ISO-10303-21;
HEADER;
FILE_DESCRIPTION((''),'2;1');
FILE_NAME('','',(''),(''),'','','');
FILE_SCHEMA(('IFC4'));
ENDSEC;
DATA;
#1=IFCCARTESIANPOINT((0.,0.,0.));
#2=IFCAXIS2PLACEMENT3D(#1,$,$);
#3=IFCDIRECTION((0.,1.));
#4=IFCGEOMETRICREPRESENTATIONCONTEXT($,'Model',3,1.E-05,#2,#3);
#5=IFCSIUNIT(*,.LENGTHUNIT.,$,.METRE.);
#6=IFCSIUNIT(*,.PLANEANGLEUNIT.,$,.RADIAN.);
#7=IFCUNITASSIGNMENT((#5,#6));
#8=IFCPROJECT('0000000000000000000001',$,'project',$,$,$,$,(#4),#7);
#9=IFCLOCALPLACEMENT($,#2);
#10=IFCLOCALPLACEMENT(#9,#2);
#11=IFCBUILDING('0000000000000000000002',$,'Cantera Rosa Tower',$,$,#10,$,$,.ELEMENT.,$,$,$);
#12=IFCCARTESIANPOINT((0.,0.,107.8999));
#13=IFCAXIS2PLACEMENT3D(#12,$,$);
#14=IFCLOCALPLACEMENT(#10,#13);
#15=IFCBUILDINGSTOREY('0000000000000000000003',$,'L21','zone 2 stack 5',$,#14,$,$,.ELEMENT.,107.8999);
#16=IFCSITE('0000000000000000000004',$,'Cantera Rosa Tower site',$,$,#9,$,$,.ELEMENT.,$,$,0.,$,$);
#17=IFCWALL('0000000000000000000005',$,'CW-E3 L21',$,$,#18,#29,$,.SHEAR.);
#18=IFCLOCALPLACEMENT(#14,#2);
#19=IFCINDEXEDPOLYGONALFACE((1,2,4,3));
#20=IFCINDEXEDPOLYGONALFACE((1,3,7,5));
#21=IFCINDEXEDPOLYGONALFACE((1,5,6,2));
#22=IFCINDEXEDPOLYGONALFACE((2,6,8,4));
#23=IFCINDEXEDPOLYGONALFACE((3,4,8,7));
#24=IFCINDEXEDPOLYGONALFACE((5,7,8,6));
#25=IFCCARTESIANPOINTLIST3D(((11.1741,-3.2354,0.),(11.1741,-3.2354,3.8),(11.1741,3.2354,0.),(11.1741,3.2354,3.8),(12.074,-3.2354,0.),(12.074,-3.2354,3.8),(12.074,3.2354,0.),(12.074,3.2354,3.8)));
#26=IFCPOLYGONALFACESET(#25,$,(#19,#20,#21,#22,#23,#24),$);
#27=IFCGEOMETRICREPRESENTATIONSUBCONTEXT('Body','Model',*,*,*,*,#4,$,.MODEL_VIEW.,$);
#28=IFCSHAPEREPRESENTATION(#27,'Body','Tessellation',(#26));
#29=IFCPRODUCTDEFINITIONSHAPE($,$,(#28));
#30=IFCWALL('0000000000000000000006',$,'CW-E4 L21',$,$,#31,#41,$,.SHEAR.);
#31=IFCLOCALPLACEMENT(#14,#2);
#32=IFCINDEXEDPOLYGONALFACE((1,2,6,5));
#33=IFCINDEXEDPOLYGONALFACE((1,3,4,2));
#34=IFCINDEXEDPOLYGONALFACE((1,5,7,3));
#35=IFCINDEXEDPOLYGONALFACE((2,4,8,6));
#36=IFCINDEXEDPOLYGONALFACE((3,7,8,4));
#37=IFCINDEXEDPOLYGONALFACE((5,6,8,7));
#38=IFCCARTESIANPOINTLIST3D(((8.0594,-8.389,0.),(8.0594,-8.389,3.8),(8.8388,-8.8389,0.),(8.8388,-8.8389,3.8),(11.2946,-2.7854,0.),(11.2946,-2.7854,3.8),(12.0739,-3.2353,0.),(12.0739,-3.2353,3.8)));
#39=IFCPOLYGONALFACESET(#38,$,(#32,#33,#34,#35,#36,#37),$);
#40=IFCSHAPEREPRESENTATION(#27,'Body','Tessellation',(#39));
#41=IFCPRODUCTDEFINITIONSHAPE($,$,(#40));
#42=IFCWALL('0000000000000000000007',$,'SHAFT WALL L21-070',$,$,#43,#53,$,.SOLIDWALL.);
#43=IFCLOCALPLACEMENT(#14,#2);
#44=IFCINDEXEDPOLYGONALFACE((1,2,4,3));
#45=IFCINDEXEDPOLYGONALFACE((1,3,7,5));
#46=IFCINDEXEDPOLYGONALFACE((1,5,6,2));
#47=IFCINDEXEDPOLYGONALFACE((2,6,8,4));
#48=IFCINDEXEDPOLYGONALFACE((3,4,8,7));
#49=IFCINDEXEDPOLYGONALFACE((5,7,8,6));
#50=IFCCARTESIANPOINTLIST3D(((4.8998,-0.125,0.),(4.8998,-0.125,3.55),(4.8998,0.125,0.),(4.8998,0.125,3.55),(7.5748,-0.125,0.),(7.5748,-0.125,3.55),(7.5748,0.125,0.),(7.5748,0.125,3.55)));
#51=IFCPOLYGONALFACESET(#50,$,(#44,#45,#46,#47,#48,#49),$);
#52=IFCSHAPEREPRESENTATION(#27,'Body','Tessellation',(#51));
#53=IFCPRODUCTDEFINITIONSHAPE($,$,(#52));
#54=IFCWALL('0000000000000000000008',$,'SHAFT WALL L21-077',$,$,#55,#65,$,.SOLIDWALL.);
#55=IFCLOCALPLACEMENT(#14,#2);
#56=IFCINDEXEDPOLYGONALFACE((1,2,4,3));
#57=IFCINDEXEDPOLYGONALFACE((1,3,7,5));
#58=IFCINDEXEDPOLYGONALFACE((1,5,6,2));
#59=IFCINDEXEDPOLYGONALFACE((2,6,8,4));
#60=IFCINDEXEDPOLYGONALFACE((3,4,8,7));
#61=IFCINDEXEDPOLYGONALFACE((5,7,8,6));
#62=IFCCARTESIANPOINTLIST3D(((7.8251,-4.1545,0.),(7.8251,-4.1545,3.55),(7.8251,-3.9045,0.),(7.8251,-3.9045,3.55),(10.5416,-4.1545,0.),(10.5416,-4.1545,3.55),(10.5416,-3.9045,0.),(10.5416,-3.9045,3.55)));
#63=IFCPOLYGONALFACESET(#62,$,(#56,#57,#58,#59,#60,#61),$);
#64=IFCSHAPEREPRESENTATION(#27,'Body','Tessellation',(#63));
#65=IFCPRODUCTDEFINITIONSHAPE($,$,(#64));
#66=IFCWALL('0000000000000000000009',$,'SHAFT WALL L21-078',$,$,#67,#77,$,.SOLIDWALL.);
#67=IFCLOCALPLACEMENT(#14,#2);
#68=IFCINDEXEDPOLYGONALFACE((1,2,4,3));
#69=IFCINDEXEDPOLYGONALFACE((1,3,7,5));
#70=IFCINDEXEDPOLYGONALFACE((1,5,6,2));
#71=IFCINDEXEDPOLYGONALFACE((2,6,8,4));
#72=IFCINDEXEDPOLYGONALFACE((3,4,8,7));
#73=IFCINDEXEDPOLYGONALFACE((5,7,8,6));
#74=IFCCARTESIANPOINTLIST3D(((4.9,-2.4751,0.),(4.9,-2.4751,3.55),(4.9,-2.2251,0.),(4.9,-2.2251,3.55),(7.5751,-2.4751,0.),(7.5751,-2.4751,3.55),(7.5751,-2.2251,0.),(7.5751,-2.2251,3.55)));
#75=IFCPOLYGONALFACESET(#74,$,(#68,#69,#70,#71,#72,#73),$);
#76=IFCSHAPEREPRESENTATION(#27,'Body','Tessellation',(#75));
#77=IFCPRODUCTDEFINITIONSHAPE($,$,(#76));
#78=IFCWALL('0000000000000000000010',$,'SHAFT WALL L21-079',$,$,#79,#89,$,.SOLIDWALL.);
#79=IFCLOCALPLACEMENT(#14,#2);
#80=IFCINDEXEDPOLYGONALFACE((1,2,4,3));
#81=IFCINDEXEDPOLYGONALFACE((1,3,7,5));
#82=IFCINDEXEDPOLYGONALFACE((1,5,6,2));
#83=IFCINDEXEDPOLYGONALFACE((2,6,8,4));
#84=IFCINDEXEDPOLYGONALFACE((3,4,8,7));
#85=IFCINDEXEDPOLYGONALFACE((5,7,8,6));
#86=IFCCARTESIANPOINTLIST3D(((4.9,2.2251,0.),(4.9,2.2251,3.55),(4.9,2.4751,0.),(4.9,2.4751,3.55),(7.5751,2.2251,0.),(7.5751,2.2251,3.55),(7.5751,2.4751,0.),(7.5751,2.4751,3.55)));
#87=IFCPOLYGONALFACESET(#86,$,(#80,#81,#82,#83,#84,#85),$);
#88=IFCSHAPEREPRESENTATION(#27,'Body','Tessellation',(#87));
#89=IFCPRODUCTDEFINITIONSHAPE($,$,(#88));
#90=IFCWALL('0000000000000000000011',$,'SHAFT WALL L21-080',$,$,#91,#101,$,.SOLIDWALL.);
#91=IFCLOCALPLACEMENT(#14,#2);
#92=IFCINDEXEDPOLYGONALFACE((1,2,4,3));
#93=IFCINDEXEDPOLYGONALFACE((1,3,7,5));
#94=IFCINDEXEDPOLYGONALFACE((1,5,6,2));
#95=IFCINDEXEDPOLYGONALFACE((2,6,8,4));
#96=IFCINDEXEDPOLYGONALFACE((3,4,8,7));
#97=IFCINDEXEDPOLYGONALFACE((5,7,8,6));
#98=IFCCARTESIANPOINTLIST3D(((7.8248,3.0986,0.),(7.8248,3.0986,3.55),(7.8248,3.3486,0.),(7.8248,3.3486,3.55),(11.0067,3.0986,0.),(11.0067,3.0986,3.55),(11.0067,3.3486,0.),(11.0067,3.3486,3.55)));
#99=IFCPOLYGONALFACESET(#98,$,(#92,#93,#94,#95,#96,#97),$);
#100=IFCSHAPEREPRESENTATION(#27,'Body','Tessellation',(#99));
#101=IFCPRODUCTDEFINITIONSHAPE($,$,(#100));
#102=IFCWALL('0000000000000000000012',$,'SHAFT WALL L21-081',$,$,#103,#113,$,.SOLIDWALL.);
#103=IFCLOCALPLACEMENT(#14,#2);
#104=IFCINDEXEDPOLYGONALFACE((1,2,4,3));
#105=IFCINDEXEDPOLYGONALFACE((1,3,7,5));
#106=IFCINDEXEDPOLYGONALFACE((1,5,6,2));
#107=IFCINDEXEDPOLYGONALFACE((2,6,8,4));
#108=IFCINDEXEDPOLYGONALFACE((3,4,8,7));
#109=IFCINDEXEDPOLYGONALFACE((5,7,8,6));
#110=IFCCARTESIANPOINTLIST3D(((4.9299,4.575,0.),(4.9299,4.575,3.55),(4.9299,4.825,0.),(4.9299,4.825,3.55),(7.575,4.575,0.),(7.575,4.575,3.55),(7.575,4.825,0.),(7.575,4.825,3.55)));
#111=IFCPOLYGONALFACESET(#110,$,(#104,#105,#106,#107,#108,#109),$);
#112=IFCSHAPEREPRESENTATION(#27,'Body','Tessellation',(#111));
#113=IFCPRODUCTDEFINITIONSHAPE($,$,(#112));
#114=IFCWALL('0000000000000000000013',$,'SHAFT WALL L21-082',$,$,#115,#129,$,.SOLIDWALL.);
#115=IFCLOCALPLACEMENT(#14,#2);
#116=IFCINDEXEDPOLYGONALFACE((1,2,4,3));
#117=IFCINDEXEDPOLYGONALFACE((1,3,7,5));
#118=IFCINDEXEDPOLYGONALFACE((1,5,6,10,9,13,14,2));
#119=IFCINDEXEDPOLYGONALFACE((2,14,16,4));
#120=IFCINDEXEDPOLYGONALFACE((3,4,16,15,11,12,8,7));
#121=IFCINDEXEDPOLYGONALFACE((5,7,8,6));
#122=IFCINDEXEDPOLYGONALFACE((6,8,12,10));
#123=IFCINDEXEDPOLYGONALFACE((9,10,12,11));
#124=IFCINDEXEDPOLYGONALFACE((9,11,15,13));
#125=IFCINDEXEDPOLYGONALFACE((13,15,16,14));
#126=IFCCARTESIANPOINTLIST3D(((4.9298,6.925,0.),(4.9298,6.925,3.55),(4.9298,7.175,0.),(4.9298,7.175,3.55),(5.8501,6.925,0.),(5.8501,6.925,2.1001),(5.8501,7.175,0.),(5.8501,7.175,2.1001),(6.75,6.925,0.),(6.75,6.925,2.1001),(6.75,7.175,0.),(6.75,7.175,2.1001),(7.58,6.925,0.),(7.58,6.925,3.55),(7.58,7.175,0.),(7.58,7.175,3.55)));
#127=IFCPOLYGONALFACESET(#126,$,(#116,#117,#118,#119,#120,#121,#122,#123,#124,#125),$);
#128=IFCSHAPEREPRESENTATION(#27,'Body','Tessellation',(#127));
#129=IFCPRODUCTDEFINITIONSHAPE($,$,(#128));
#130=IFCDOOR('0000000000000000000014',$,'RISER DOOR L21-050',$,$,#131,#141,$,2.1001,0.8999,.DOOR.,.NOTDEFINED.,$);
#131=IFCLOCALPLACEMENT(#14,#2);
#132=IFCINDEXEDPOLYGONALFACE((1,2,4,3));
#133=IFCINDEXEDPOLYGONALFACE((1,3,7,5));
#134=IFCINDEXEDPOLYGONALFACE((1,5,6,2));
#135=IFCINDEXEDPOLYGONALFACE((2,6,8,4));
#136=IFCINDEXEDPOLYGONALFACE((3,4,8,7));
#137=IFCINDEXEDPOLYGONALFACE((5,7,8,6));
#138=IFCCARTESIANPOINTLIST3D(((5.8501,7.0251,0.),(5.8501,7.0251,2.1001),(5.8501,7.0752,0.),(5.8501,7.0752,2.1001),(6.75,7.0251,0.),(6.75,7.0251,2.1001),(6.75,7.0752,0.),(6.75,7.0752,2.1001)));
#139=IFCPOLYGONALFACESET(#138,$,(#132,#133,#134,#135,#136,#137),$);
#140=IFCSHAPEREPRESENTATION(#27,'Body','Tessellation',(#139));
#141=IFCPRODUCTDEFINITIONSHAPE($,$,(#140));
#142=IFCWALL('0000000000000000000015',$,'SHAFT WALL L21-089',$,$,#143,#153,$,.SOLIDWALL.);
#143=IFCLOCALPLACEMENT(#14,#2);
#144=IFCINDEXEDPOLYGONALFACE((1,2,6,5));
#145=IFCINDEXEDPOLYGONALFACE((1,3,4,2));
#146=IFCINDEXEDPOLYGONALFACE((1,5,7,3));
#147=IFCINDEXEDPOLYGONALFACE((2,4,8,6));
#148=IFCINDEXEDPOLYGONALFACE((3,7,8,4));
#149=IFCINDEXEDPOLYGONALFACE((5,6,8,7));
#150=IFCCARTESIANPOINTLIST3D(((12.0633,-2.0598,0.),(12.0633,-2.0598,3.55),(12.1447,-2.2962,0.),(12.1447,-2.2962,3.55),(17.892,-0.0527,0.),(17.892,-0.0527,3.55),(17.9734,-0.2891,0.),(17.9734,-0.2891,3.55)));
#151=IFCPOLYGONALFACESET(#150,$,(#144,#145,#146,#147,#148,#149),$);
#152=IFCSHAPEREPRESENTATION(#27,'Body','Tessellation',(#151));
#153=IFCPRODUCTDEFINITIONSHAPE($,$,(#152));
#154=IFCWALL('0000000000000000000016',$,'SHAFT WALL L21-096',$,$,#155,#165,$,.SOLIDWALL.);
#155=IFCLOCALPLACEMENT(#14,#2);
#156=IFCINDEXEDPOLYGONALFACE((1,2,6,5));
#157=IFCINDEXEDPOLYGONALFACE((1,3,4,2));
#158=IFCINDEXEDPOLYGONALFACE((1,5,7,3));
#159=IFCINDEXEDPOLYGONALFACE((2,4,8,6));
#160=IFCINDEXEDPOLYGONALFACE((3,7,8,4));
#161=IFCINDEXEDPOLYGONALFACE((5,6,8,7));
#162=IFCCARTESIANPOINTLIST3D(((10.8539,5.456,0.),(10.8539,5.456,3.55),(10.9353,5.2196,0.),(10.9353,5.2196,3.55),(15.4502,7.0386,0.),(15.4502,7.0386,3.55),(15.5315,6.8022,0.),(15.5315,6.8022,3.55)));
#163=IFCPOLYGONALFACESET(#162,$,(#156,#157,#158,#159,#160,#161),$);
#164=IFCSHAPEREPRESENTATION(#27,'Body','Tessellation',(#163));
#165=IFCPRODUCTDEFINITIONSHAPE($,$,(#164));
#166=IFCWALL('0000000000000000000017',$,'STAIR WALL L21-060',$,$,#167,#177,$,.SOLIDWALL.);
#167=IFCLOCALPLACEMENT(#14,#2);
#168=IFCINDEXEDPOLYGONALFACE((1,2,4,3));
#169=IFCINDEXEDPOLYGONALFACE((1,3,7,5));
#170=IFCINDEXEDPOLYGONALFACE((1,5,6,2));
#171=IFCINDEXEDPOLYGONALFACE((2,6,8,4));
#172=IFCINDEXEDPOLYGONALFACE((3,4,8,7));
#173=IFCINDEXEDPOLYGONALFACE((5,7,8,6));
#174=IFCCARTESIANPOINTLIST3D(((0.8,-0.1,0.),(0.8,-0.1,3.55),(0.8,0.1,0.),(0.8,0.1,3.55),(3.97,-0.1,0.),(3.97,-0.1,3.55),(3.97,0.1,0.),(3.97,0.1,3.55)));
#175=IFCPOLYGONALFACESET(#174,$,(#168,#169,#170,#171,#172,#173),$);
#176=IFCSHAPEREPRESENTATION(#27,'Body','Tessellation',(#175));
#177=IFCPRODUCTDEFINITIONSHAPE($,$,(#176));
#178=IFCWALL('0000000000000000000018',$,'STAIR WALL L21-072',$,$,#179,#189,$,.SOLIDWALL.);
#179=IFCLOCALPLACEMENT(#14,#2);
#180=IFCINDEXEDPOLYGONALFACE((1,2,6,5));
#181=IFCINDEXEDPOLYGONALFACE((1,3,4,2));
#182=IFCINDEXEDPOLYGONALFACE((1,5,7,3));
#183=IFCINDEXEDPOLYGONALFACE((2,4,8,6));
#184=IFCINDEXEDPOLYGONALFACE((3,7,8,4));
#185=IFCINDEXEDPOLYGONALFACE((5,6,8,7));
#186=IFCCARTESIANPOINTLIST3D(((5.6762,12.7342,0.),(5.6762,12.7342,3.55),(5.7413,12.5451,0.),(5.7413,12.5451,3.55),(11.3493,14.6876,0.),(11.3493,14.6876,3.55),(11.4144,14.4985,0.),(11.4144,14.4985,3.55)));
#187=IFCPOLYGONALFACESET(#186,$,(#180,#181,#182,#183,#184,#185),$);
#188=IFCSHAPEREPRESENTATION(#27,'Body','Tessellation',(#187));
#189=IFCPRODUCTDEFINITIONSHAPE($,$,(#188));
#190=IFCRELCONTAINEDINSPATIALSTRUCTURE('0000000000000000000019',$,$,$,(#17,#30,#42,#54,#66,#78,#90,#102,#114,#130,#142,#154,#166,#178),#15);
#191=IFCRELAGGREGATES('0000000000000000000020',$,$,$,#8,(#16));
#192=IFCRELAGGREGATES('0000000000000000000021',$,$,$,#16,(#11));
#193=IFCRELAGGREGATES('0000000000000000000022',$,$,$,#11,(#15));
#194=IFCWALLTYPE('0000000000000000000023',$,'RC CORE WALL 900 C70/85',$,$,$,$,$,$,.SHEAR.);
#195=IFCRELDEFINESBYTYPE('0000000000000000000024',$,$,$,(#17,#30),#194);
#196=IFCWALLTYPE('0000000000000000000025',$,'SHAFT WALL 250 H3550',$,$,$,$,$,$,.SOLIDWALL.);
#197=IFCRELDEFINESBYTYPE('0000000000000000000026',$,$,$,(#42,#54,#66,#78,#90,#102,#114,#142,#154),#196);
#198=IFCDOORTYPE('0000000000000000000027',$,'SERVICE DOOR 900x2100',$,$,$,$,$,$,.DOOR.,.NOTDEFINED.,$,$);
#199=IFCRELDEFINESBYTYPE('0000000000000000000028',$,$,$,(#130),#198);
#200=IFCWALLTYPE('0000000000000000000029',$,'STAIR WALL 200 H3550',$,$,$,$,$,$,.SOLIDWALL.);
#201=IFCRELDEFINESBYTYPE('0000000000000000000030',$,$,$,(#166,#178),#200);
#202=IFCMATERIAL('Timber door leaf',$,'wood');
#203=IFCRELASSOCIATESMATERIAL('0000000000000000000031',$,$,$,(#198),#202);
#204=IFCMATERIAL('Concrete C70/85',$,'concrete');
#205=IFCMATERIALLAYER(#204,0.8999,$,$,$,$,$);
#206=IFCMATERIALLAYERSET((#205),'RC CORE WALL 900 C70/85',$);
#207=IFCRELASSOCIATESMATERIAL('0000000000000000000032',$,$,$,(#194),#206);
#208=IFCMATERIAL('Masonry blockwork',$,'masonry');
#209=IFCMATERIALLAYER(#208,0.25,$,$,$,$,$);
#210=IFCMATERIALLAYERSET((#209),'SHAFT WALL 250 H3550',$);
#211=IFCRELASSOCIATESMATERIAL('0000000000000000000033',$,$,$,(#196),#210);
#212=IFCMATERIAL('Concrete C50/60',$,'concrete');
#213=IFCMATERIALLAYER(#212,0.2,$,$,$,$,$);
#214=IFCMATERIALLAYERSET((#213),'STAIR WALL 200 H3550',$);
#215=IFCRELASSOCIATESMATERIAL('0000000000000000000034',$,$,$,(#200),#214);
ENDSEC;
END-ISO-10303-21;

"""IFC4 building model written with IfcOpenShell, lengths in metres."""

from ifc_helpers import new_model, si_unit, direction, frame, frame_2d, origin, place, context, subcontext, project, spatial, rectangle, extrude, material, layer, layer_set, type_object, element, fill, save


model = new_model("IFC4")

# Units and contexts
model_context = context("Model", 3, precision=1e-05, world=origin(), true_north=direction((0.0, 1.0)))
body_context = subcontext(model_context, "Body", "Model", "MODEL_VIEW")
ifc_project = project(units=[si_unit("LENGTHUNIT", "METRE"), si_unit("PLANEANGLEUNIT", "RADIAN")], contexts=[model_context])

# Site, building, storey
site_placement = place(None, origin())
site = spatial("IfcSite", under=ifc_project, at=site_placement, Name="Cantera Rosa Tower site", CompositionType="ELEMENT", RefElevation=0.0)
building_placement = place(site_placement, origin())
building = spatial("IfcBuilding", under=site, at=building_placement, Name="Cantera Rosa Tower", CompositionType="ELEMENT")
storey_placement = place(building_placement, frame((0.0, 0.0, 107.8999)))
storey = spatial("IfcBuildingStorey", under=building, at=storey_placement, Name="L21", Description="zone 2 stack 5", CompositionType="ELEMENT", Elevation=107.8999)

# Shared definitions
ifc_material_1 = material(Name="Timber door leaf", Category="wood")
door_type = type_object("IfcDoorType", Name="SERVICE DOOR 900x2100", OperationType="NOTDEFINED", PredefinedType="DOOR", material=ifc_material_1)

# Walls
ifc_material_2 = material(Name="Concrete C70/85", Category="concrete")
ifc_layer_1 = layer(ifc_material_2, 0.8999)
ifc_layer_set_1 = layer_set([ifc_layer_1], Name="RC CORE WALL 900 C70/85")
wall_type_1 = type_object("IfcWallType", Name="RC CORE WALL 900 C70/85", PredefinedType="SHEAR", material=ifc_layer_set_1)
wall_1_placement = place(storey_placement, frame((11.624, 3.2354, 0.0), z_axis=(0.0, 0.0, 1.0), x_axis=(0.0, -1.0, 0.0)))
element("IfcWall", 1, at=wall_1_placement, inside=storey, type_object=wall_type_1, Name="CW-E3 L21", PredefinedType="SHEAR", context=body_context, shape_type="SweptSolid", body=[
    extrude(rectangle(XDim=6.4707, YDim=0.8999, at=frame_2d((3.2354, 0.0))), origin(), (0.0, 0.0, 1.0), 3.8),
])
wall_2_placement = place(storey_placement, frame((11.6843, -3.0103, 0.0), z_axis=(0.0, 0.0, 1.0), x_axis=(-0.49999, -0.866031, 0.0)))
element("IfcWall", 2, at=wall_2_placement, inside=storey, type_object=wall_type_1, Name="CW-E4 L21", PredefinedType="SHEAR", context=body_context, shape_type="SweptSolid", body=[
    extrude(rectangle(XDim=6.4705, YDim=0.8999, at=frame_2d((3.2354, 0.0))), origin(), (0.0, 0.0, 1.0), 3.8),
])
ifc_material_3 = material(Name="Masonry blockwork", Category="masonry")
ifc_layer_2 = layer(ifc_material_3, 0.25)
ifc_layer_set_2 = layer_set([ifc_layer_2], Name="SHAFT WALL 250 H3550")
wall_type_2 = type_object("IfcWallType", Name="SHAFT WALL 250 H3550", PredefinedType="SOLIDWALL", material=ifc_layer_set_2)
wall_3_placement = place(storey_placement, frame((4.8999, 0.0, 0.0), z_axis=(0.0, 0.0, 1.0), x_axis=(1.0, 0.0, 0.0)))
element("IfcWall", 3, at=wall_3_placement, inside=storey, type_object=wall_type_2, Name="SHAFT WALL L21-070", PredefinedType="SOLIDWALL", context=body_context, shape_type="SweptSolid", body=[
    extrude(rectangle(XDim=2.675, YDim=0.25, at=frame_2d((1.3374, 0.0))), origin(), (0.0, 0.0, 1.0), 3.55),
])
wall_4_placement = place(storey_placement, frame((7.825, -4.0295, 0.0), z_axis=(0.0, 0.0, 1.0), x_axis=(1.0, 0.0, 0.0)))
element("IfcWall", 4, at=wall_4_placement, inside=storey, type_object=wall_type_2, Name="SHAFT WALL L21-077", PredefinedType="SOLIDWALL", context=body_context, shape_type="SweptSolid", body=[
    extrude(rectangle(XDim=2.7166, YDim=0.25, at=frame_2d((1.3584, 0.0))), origin(), (0.0, 0.0, 1.0), 3.55),
])
for number, where, z_axis, x_axis, name in (
    (5, (7.575, -2.3501, 0.0), (0.0, 0.0, 1.0), (-1.0, 0.0, 0.0), "SHAFT WALL L21-078"),
    (6, (7.575, 2.3501, 0.0), (0.0, 0.0, 1.0), (-1.0, 0.0, 0.0), "SHAFT WALL L21-079"),
):
    element("IfcWall", number, at=place(storey_placement, frame(where, z_axis=z_axis, x_axis=x_axis)), inside=storey, type_object=wall_type_2, Name=name, PredefinedType="SOLIDWALL", context=body_context, shape_type="SweptSolid", body=[
        extrude(rectangle(XDim=2.675, YDim=0.25, at=frame_2d((1.3374, 0.0))), origin(), (0.0, 0.0, 1.0), 3.55),
    ])
wall_5_placement = place(storey_placement, frame((7.825, 3.2236, 0.0), z_axis=(0.0, 0.0, 1.0), x_axis=(1.0, 0.0, 0.0)))
element("IfcWall", 7, at=wall_5_placement, inside=storey, type_object=wall_type_2, Name="SHAFT WALL L21-080", PredefinedType="SOLIDWALL", context=body_context, shape_type="SweptSolid", body=[
    extrude(rectangle(XDim=3.1819, YDim=0.25, at=frame_2d((1.5908, 0.0))), origin(), (0.0, 0.0, 1.0), 3.55),
])
wall_6_placement = place(storey_placement, frame((7.575, 4.7, 0.0), z_axis=(0.0, 0.0, 1.0), x_axis=(-1.0, 0.0, 0.0)))
element("IfcWall", 8, at=wall_6_placement, inside=storey, type_object=wall_type_2, Name="SHAFT WALL L21-081", PredefinedType="SOLIDWALL", context=body_context, shape_type="SweptSolid", body=[
    extrude(rectangle(XDim=2.645, YDim=0.25, at=frame_2d((1.3225, 0.0))), origin(), (0.0, 0.0, 1.0), 3.55),
])

# Wall, opening, door
wall_7_placement = place(storey_placement, frame((7.5801, 7.05, 0.0), z_axis=(0.0, 0.0, 1.0), x_axis=(-1.0, 0.0, 0.0)))
wall_7 = element("IfcWall", 9, at=wall_7_placement, inside=storey, type_object=wall_type_2, Name="SHAFT WALL L21-082", PredefinedType="SOLIDWALL", context=body_context, shape_type="SweptSolid", body=[
    extrude(rectangle(XDim=2.6501, YDim=0.25, at=frame_2d((1.3252, 0.0))), origin(), (0.0, 0.0, 1.0), 3.55),
])
opening_1_placement = place(wall_7_placement, frame((0.8301, 0.0, 0.0)))
opening_1 = element("IfcOpeningElement", 10, at=opening_1_placement, cuts=wall_7, PredefinedType="OPENING", context=body_context, shape_type="SweptSolid", body=[
    extrude(rectangle(XDim=0.8999, YDim=2.1001, at=frame_2d((0.45, 1.05))), frame((0.0, 0.135, 0.0), z_axis=(0.0, -1.0, 0.0), x_axis=(1.0, 0.0, 0.0)), (0.0, 0.0, 1.0), 0.27),
])
door_1_placement = place(opening_1_placement, origin())
door_1 = element("IfcDoor", 11, at=door_1_placement, inside=storey, type_object=door_type, Name="RISER DOOR L21-050", OperationType="NOTDEFINED", OverallHeight=2.1001, OverallWidth=0.8999, PredefinedType="DOOR", context=body_context, shape_type="SweptSolid", body=[
    extrude(rectangle(XDim=0.8999, YDim=2.1001, at=frame_2d((0.45, 1.05))), frame((0.0, 0.0249, 0.0), z_axis=(0.0, -1.0, 0.0), x_axis=(1.0, 0.0, 0.0)), (0.0, 0.0, 1.0), 0.05),
])
fill(opening_1, door_1)

# Walls
wall_8_placement = place(storey_placement, frame((12.104, -2.178, 0.0), z_axis=(0.0, 0.0, 1.0), x_axis=(0.945512, 0.325587, 0.0)))
element("IfcWall", 12, at=wall_8_placement, inside=storey, type_object=wall_type_2, Name="SHAFT WALL L21-089", PredefinedType="SOLIDWALL", context=body_context, shape_type="SweptSolid", body=[
    extrude(rectangle(XDim=6.1646, YDim=0.25, at=frame_2d((3.0823, 0.0))), origin(), (0.0, 0.0, 1.0), 3.55),
])
wall_9_placement = place(storey_placement, frame((15.491, 6.9204, 0.0), z_axis=(0.0, 0.0, 1.0), x_axis=(-0.945523, -0.325554, 0.0)))
element("IfcWall", 13, at=wall_9_placement, inside=storey, type_object=wall_type_2, Name="SHAFT WALL L21-096", PredefinedType="SOLIDWALL", context=body_context, shape_type="SweptSolid", body=[
    extrude(rectangle(XDim=4.8611, YDim=0.25, at=frame_2d((2.4307, 0.0))), origin(), (0.0, 0.0, 1.0), 3.55),
])
ifc_material_4 = material(Name="Concrete C50/60", Category="concrete")
ifc_layer_3 = layer(ifc_material_4, 0.2)
ifc_layer_set_3 = layer_set([ifc_layer_3], Name="STAIR WALL 200 H3550")
wall_type_3 = type_object("IfcWallType", Name="STAIR WALL 200 H3550", PredefinedType="SOLIDWALL", material=ifc_layer_set_3)
wall_10_placement = place(storey_placement, frame((0.8, 0.0, 0.0), z_axis=(0.0, 0.0, 1.0), x_axis=(1.0, 0.0, 0.0)))
element("IfcWall", 14, at=wall_10_placement, inside=storey, type_object=wall_type_3, Name="STAIR WALL L21-060", PredefinedType="SOLIDWALL", context=body_context, shape_type="SweptSolid", body=[
    extrude(rectangle(XDim=3.1699, YDim=0.2, at=frame_2d((1.585, 0.0))), origin(), (0.0, 0.0, 1.0), 3.55),
])
wall_11_placement = place(storey_placement, frame((5.7087, 12.6396, 0.0), z_axis=(0.0, 0.0, 1.0), x_axis=(0.94552, 0.325563, 0.0)))
element("IfcWall", 15, at=wall_11_placement, inside=storey, type_object=wall_type_3, Name="STAIR WALL L21-072", PredefinedType="SOLIDWALL", context=body_context, shape_type="SweptSolid", body=[
    extrude(rectangle(XDim=6.0, YDim=0.2, at=frame_2d((3.0, 0.0))), origin(), (0.0, 0.0, 1.0), 3.55),
])

save(model, "model.ifc")
